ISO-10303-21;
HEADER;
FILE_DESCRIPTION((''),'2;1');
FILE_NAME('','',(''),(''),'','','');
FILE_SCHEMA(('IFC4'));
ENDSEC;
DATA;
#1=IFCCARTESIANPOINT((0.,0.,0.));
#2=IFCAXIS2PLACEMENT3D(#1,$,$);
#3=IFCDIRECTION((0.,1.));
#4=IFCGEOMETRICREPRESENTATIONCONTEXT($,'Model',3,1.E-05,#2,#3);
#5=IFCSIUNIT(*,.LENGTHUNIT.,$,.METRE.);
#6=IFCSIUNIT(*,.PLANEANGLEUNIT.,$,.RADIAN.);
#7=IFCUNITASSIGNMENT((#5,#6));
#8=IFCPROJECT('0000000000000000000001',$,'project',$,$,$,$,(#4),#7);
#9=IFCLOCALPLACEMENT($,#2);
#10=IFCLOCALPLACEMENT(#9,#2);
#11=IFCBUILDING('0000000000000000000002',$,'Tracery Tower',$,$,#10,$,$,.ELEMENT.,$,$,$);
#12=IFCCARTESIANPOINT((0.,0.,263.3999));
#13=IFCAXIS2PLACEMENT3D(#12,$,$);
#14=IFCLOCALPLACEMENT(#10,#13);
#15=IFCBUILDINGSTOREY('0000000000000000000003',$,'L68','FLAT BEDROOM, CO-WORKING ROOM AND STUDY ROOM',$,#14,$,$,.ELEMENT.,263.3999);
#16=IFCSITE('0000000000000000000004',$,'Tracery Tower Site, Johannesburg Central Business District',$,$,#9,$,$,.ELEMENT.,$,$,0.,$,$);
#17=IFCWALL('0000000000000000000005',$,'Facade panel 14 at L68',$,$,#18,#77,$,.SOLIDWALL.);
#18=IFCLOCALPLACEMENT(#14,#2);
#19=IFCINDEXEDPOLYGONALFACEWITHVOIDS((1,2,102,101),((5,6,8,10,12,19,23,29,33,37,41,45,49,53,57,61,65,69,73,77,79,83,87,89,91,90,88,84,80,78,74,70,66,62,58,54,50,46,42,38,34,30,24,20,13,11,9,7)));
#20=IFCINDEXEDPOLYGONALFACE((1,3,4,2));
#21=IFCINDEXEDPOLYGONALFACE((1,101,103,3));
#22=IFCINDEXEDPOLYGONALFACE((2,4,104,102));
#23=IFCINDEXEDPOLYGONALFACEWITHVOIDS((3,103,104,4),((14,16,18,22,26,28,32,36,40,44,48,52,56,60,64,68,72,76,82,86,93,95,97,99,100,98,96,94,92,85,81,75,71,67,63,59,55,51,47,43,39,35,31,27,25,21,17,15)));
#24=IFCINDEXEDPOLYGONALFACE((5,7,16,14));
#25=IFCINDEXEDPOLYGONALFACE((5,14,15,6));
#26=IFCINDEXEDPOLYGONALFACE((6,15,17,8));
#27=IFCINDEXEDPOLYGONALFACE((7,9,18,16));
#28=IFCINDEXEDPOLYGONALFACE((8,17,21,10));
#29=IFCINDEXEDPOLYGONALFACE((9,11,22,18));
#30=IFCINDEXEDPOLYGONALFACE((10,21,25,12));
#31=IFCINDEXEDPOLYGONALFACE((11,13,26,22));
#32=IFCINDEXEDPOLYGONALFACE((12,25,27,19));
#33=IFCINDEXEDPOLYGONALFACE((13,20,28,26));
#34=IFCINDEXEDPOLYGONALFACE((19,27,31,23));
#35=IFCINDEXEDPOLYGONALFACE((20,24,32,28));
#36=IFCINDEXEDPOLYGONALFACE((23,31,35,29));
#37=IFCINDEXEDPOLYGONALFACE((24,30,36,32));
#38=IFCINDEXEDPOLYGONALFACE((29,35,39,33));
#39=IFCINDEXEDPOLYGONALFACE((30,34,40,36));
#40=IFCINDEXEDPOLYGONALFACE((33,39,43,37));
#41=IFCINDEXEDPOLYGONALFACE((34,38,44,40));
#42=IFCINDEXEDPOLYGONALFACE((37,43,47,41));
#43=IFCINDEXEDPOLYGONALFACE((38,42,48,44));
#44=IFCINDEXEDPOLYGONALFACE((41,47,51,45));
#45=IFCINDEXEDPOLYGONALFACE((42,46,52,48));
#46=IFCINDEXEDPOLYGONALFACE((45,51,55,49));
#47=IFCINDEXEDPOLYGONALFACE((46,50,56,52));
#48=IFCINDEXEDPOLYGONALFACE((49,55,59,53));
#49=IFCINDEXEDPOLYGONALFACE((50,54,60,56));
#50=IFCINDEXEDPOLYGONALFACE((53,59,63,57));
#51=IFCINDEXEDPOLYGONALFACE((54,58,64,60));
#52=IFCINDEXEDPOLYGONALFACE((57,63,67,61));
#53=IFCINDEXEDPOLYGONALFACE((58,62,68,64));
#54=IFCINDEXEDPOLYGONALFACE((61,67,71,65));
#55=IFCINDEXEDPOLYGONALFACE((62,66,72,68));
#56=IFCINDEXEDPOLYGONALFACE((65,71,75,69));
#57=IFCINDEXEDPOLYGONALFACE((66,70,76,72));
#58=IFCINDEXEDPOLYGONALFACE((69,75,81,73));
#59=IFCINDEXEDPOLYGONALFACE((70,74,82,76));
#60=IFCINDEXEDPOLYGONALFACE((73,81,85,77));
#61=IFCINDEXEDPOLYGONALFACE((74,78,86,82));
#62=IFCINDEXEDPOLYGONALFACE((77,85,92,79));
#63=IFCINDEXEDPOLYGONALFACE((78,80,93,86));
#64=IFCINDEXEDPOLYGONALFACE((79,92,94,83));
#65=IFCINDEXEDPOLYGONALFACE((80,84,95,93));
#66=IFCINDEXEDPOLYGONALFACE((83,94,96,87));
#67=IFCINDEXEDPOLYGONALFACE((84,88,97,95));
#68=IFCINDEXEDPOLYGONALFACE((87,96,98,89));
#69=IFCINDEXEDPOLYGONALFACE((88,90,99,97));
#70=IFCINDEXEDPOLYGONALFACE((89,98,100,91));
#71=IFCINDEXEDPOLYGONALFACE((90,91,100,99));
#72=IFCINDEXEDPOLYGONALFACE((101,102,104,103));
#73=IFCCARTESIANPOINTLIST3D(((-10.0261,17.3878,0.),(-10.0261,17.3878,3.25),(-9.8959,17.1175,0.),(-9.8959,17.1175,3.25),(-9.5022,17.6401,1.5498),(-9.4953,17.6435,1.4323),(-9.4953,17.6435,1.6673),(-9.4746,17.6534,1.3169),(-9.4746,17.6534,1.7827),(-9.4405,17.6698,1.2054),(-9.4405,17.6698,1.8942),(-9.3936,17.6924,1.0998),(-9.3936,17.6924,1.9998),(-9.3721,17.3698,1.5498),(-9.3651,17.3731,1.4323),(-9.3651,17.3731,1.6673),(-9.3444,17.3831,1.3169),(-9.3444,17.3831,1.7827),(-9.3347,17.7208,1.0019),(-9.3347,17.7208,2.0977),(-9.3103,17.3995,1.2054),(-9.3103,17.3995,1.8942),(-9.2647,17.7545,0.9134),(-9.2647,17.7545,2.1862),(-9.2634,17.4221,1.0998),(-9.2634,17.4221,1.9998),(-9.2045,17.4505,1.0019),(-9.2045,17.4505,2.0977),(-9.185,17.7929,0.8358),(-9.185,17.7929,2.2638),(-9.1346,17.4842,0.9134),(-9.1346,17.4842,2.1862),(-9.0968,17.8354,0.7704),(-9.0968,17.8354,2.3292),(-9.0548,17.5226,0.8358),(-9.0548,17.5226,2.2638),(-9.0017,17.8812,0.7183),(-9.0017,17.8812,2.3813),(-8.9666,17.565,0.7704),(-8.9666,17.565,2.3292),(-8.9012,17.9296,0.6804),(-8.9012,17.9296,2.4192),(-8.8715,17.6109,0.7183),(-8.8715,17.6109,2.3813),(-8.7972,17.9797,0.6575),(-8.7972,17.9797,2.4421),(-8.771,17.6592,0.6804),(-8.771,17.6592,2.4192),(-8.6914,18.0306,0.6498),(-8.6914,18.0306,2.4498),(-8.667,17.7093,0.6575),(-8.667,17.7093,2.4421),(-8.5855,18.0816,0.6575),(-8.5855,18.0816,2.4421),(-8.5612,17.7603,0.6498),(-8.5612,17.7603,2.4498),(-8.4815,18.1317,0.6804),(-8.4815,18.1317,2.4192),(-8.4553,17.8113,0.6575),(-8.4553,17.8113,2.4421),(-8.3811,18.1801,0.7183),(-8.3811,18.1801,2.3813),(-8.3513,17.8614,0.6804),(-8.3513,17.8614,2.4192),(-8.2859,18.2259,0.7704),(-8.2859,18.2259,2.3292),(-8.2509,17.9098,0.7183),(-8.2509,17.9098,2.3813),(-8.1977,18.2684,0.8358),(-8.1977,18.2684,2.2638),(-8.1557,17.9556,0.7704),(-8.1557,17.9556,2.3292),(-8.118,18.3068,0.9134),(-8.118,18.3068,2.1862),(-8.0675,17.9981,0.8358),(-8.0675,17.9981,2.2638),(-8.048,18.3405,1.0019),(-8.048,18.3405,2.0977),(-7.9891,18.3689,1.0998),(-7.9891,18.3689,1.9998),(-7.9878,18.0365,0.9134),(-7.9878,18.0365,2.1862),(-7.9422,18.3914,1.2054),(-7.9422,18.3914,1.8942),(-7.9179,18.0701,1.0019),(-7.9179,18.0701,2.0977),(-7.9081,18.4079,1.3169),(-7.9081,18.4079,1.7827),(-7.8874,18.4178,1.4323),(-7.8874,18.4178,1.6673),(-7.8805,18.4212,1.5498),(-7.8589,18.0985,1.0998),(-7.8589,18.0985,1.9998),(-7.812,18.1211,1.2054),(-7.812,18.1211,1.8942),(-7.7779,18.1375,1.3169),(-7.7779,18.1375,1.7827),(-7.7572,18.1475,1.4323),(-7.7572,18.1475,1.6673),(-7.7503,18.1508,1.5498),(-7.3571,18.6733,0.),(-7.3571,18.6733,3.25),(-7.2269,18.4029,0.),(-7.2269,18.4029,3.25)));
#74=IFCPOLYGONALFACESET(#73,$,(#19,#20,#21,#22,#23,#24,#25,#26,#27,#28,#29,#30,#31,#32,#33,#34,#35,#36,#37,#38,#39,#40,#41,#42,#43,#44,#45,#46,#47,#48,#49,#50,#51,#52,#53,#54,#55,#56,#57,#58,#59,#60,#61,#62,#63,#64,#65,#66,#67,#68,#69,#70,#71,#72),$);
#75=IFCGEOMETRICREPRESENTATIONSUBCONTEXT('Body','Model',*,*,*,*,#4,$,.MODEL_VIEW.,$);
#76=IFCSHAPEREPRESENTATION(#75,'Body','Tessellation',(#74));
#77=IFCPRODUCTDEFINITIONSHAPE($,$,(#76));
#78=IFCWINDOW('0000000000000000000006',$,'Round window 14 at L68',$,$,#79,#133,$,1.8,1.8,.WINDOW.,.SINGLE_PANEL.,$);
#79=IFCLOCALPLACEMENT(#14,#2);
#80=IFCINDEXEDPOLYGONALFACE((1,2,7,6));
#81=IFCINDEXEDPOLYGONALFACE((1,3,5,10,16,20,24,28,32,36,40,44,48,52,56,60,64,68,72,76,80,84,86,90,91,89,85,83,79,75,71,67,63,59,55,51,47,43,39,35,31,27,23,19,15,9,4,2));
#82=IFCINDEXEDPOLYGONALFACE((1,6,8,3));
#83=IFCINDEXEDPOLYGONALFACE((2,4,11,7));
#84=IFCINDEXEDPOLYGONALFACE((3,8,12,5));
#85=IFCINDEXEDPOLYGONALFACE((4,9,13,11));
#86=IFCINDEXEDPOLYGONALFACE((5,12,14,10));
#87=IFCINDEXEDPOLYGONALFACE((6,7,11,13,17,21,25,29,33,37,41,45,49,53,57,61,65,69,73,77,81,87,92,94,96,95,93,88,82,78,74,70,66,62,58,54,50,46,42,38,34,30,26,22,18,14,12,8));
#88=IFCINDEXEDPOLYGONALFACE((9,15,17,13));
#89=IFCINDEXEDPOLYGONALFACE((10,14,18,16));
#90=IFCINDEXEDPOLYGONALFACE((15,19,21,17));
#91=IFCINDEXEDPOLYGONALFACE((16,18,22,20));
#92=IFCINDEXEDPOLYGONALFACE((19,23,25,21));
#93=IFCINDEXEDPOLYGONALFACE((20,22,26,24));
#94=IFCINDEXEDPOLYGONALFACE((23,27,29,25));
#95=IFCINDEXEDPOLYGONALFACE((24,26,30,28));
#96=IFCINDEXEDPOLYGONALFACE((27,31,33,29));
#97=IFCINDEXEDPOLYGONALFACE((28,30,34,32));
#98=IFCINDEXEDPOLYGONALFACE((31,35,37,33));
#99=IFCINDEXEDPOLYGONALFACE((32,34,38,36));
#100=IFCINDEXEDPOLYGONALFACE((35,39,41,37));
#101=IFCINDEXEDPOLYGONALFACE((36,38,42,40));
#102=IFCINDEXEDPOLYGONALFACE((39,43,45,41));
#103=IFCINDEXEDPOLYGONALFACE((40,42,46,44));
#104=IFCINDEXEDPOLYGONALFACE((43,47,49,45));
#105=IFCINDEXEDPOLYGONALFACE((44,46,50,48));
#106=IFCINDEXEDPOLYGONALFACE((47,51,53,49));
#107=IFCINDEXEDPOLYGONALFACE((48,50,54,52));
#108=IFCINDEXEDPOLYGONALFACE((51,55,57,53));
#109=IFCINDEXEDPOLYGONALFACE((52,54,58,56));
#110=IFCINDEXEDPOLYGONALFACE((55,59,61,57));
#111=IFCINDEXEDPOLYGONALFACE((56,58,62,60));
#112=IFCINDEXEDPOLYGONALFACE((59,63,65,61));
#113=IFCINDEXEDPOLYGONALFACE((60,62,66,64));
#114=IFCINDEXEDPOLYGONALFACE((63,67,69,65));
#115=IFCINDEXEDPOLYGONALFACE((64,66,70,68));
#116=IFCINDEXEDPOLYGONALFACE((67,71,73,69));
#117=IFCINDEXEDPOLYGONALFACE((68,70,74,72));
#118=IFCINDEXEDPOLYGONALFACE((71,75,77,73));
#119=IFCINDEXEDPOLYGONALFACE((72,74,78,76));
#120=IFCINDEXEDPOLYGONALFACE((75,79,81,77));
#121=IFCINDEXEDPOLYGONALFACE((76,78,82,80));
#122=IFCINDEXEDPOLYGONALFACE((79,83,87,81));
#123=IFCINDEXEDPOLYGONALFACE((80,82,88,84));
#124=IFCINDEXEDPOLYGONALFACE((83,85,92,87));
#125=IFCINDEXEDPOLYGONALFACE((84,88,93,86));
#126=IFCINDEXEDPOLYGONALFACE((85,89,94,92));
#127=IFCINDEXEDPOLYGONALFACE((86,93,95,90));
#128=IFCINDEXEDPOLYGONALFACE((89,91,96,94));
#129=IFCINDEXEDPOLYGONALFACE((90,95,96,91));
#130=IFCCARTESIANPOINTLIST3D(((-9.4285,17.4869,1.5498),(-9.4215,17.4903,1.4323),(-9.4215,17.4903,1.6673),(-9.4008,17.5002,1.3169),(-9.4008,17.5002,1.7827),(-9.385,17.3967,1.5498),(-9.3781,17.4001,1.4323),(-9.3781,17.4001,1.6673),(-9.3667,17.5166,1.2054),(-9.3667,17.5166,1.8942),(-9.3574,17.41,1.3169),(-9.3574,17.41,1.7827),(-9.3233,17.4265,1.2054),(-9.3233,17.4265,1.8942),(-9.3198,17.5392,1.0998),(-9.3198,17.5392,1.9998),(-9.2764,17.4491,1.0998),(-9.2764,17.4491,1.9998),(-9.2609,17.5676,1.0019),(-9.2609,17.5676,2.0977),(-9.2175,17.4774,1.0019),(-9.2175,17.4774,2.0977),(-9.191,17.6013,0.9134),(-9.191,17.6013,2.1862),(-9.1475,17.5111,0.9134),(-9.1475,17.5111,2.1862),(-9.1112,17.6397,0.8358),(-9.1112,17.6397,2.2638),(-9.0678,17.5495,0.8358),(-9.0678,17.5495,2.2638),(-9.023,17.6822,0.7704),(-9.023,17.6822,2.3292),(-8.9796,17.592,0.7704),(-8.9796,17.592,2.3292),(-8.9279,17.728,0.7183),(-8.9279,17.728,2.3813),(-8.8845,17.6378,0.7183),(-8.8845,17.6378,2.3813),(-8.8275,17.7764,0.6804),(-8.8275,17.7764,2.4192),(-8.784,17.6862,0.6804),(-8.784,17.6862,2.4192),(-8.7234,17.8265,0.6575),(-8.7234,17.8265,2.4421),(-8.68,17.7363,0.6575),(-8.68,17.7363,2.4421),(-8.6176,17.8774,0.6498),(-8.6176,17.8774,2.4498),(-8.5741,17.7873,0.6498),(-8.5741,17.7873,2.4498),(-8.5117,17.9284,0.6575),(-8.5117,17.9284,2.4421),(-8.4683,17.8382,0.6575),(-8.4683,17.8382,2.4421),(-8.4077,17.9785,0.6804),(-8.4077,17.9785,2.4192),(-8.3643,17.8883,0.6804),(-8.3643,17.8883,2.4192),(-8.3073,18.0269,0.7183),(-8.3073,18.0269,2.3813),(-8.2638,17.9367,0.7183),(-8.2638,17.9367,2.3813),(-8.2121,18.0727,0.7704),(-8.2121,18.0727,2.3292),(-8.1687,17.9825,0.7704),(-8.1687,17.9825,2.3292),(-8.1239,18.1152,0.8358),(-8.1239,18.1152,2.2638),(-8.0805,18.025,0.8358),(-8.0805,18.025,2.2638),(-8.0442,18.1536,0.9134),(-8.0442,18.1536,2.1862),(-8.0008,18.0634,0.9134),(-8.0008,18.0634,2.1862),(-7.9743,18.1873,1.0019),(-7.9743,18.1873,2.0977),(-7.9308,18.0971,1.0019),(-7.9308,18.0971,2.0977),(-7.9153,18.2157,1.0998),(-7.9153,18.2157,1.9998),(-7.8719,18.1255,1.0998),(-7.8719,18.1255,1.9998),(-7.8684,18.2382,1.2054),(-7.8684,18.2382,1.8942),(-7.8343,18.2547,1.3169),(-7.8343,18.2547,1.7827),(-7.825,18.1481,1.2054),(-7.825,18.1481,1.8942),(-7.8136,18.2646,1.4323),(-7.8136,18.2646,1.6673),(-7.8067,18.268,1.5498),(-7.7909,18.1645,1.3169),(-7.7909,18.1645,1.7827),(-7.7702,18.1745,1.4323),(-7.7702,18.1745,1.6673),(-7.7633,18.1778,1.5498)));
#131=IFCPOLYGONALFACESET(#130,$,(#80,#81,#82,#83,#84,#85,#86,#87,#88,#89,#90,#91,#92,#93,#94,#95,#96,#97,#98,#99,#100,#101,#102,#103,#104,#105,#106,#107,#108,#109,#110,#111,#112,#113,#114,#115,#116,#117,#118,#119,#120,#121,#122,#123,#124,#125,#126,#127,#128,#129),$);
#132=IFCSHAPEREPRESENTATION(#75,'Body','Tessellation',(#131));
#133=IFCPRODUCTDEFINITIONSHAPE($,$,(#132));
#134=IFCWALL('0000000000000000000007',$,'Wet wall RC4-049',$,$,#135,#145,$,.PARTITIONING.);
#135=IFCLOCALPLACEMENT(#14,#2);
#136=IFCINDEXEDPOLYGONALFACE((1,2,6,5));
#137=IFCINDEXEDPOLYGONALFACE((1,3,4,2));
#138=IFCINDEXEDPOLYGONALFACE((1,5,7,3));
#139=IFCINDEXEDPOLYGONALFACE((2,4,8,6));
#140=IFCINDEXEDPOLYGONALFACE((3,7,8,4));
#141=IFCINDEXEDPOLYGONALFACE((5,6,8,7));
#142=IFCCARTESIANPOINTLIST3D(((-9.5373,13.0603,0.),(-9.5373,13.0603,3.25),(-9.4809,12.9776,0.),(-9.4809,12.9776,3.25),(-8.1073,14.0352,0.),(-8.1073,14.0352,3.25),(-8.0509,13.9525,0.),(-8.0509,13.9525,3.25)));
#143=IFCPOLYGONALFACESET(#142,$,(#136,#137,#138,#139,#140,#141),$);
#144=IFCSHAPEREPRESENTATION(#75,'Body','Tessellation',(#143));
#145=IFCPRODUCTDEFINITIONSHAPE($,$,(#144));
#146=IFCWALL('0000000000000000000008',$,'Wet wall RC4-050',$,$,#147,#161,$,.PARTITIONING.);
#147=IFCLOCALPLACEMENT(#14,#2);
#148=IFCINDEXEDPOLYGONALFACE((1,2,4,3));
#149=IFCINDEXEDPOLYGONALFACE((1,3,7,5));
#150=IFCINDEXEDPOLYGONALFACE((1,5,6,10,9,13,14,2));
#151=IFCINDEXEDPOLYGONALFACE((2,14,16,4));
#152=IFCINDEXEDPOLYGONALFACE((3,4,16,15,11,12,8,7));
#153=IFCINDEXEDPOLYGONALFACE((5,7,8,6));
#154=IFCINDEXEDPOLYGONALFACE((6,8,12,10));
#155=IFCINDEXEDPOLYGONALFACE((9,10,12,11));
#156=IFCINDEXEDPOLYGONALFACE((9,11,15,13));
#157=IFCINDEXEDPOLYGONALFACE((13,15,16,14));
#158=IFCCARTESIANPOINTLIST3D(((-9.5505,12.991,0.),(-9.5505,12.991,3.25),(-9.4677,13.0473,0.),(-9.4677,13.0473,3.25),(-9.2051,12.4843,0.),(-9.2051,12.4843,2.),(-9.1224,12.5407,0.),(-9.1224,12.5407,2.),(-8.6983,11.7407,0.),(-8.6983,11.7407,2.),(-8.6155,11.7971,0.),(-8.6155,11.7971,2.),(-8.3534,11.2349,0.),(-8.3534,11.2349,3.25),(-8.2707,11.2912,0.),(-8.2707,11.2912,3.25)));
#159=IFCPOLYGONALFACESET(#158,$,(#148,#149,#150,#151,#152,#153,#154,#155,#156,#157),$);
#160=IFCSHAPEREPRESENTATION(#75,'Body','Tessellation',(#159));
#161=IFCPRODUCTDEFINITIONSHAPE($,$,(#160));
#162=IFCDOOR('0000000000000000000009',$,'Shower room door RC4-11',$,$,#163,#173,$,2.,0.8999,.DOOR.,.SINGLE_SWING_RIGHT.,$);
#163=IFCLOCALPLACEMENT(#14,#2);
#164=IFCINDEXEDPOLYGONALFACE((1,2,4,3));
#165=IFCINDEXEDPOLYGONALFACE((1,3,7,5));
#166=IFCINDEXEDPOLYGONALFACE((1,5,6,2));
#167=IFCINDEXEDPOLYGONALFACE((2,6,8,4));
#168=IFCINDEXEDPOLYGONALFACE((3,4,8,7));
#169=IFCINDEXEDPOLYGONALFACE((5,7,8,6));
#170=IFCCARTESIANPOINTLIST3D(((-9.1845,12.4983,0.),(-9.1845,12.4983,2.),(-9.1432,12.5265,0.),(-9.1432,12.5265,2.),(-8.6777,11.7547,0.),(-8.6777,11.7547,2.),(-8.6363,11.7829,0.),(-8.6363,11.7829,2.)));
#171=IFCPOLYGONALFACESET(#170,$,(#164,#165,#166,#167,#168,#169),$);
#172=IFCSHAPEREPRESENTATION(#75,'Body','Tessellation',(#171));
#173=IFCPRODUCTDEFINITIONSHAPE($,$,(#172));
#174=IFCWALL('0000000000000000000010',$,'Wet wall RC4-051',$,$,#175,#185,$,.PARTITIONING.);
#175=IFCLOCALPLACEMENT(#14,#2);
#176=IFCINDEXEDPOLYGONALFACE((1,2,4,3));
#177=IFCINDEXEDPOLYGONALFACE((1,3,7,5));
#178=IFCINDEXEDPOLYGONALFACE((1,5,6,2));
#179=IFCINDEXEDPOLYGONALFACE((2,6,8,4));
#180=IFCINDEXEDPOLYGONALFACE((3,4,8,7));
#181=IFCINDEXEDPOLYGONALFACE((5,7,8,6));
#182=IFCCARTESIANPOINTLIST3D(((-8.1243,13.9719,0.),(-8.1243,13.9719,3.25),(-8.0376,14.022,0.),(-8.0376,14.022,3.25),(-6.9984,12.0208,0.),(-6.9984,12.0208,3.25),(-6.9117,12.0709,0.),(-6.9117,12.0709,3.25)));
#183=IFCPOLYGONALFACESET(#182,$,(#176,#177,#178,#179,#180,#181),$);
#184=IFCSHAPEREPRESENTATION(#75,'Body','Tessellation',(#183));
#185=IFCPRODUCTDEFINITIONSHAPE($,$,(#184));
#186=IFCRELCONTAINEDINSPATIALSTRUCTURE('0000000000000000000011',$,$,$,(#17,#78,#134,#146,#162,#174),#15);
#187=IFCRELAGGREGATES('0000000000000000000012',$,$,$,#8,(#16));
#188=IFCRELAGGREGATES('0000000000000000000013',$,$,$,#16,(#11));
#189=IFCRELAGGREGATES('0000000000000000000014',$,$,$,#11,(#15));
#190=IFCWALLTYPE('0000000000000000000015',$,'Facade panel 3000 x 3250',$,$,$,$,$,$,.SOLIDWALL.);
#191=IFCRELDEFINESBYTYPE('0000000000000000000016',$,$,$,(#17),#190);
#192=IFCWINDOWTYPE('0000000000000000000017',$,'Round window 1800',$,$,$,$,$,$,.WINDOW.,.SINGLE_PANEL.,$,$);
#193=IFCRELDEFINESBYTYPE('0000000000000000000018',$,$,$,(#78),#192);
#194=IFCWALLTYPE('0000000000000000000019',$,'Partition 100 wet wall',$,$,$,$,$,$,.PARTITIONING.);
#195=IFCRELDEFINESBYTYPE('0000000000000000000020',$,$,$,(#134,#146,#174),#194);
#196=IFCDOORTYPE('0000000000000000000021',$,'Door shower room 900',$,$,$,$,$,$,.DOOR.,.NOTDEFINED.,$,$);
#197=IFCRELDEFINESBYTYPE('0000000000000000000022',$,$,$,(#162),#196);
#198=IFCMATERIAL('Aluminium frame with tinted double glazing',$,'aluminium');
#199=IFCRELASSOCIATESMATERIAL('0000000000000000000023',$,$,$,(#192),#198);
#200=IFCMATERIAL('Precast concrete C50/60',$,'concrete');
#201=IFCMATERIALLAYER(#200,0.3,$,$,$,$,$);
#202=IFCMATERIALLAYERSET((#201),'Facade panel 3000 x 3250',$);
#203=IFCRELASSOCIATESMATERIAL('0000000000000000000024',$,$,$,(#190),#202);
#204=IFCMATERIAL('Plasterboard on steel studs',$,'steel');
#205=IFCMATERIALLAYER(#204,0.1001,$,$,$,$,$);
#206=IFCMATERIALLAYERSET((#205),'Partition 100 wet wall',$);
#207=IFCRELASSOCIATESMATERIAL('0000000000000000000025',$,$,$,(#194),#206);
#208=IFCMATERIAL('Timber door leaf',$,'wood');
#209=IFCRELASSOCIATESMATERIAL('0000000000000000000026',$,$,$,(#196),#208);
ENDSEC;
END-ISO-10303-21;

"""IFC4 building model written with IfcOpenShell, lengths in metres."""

from ifc_helpers import new_model, si_unit, direction, frame, frame_2d, origin, origin_2d, place, context, subcontext, project, spatial, rectangle, circle, extrude, material, layer, layer_set, type_object, element, fill, save


model = new_model("IFC4")

# Units and contexts
model_context = context("Model", 3, precision=1e-05, world=origin(), true_north=direction((0.0, 1.0)))
body_context = subcontext(model_context, "Body", "Model", "MODEL_VIEW")
ifc_project = project(units=[si_unit("LENGTHUNIT", "METRE"), si_unit("PLANEANGLEUNIT", "RADIAN")], contexts=[model_context])

# Site, building, storey
site_placement = place(None, origin())
site = spatial("IfcSite", under=ifc_project, at=site_placement, Name="Tracery Tower Site, Johannesburg Central Business District", CompositionType="ELEMENT", RefElevation=0.0)
building_placement = place(site_placement, origin())
building = spatial("IfcBuilding", under=site, at=building_placement, Name="Tracery Tower", CompositionType="ELEMENT")
storey_placement = place(building_placement, frame((0.0, 0.0, 263.3999)))
storey = spatial("IfcBuildingStorey", under=building, at=storey_placement, Name="L68", Description="FLAT BEDROOM, CO-WORKING ROOM AND STUDY ROOM", CompositionType="ELEMENT", Elevation=263.3999)

# Wall, opening, window
ifc_material_1 = material(Name="Aluminium frame with tinted double glazing", Category="aluminium")
window_type = type_object("IfcWindowType", Name="Round window 1800", PartitioningType="SINGLE_PANEL", PredefinedType="WINDOW", material=ifc_material_1)
ifc_material_2 = material(Name="Precast concrete C50/60", Category="concrete")
ifc_layer_1 = layer(ifc_material_2, 0.3)
ifc_layer_set_1 = layer_set([ifc_layer_1], Name="Facade panel 3000 x 3250")
wall_type_1 = type_object("IfcWallType", Name="Facade panel 3000 x 3250", PredefinedType="SOLIDWALL", material=ifc_layer_set_1)
wall_1_placement = place(storey_placement, frame((-7.292, 18.5381, 0.0), z_axis=(0.0, 0.0, 1.0), x_axis=(-0.900955, -0.433912, 0.0)))
wall_1 = element("IfcWall", 1, at=wall_1_placement, inside=storey, type_object=wall_type_1, Name="Facade panel 14 at L68", PredefinedType="SOLIDWALL", context=body_context, shape_type="SweptSolid", body=[
    extrude(rectangle(XDim=2.9624, YDim=0.3, at=frame_2d((1.4812, 0.0))), origin(), (0.0, 0.0, 1.0), 3.25),
])
opening_1_placement = place(wall_1_placement, frame((1.481, 0.0, 1.5498)))
opening_1 = element("IfcOpeningElement", 2, at=opening_1_placement, cuts=wall_1, PredefinedType="OPENING", context=body_context, shape_type="SweptSolid", body=[
    extrude(circle(Radius=0.9, at=origin_2d()), frame((0.0, 0.1599, 0.0), z_axis=(0.0, -1.0, 0.0), x_axis=(1.0, 0.0, 0.0)), (0.0, 0.0, 1.0), 0.3201),
])
window_1_placement = place(opening_1_placement, origin())
window_1 = element("IfcWindow", 3, at=window_1_placement, inside=storey, type_object=window_type, Name="Round window 14 at L68", OverallHeight=1.8, OverallWidth=1.8, PartitioningType="SINGLE_PANEL", PredefinedType="WINDOW", context=body_context, shape_type="SweptSolid", body=[
    extrude(circle(Radius=0.9, at=origin_2d()), frame((0.0, 0.1201, 0.0), z_axis=(0.0, -1.0, 0.0), x_axis=(1.0, 0.0, 0.0)), (0.0, 0.0, 1.0), 0.1001),
])
fill(opening_1, window_1)

# Wall
ifc_material_3 = material(Name="Plasterboard on steel studs", Category="steel")
ifc_layer_2 = layer(ifc_material_3, 0.1001)
ifc_layer_set_2 = layer_set([ifc_layer_2], Name="Partition 100 wet wall")
wall_type_2 = type_object("IfcWallType", Name="Partition 100 wet wall", PredefinedType="PARTITIONING", material=ifc_layer_set_2)
wall_2_placement = place(storey_placement, frame((-9.509, 13.019, 0.0), z_axis=(0.0, 0.0, 1.0), x_axis=(0.826254, 0.563297, 0.0)))
element("IfcWall", 4, at=wall_2_placement, inside=storey, type_object=wall_type_2, Name="Wet wall RC4-049", PredefinedType="PARTITIONING", context=body_context, shape_type="SweptSolid", body=[
    extrude(rectangle(XDim=1.7307, YDim=0.1001, at=frame_2d((0.8652, 0.0))), origin(), (0.0, 0.0, 1.0), 3.25),
])

# Wall, opening, door
wall_3_placement = place(storey_placement, frame((-9.509, 13.019, 0.0), z_axis=(0.0, 0.0, 1.0), x_axis=(0.563233, -0.826298, 0.0)))
wall_3 = element("IfcWall", 5, at=wall_3_placement, inside=storey, type_object=wall_type_2, Name="Wet wall RC4-050", PredefinedType="PARTITIONING", context=body_context, shape_type="SweptSolid", body=[
    extrude(rectangle(XDim=2.1252, YDim=0.1001, at=frame_2d((1.0625, 0.0))), origin(), (0.0, 0.0, 1.0), 3.25),
])
opening_2_placement = place(wall_3_placement, frame((0.613, 0.0, 0.0)))
opening_2 = element("IfcOpeningElement", 6, at=opening_2_placement, cuts=wall_3, PredefinedType="OPENING", context=body_context, shape_type="SweptSolid", body=[
    extrude(rectangle(XDim=0.8999, YDim=2.0, at=frame_2d((0.45, 1.0))), frame((0.0, 0.05, 0.0), z_axis=(0.0, -1.0, 0.0), x_axis=(1.0, 0.0, 0.0)), (0.0, 0.0, 1.0), 0.1001),
])
ifc_material_4 = material(Name="Timber door leaf", Category="wood")
door_type = type_object("IfcDoorType", Name="Door shower room 900", OperationType="NOTDEFINED", PredefinedType="DOOR", material=ifc_material_4)
door_placement = place(opening_2_placement, origin())
door = element("IfcDoor", 7, at=door_placement, inside=storey, type_object=door_type, Name="Shower room door RC4-11", OperationType="SINGLE_SWING_RIGHT", OverallHeight=2.0, OverallWidth=0.8999, PredefinedType="DOOR", context=body_context, shape_type="SweptSolid", body=[
    extrude(rectangle(XDim=0.8999, YDim=2.0, at=frame_2d((0.45, 1.0))), frame((0.0, 0.0249, 0.0), z_axis=(0.0, -1.0, 0.0), x_axis=(1.0, 0.0, 0.0)), (0.0, 0.0, 1.0), 0.05),
])
fill(opening_2, door)

# Wall
wall_4_placement = place(storey_placement, frame((-8.0811, 13.9971, 0.0), z_axis=(0.0, 0.0, 1.0), x_axis=(0.499823, -0.866128, 0.0)))
element("IfcWall", 8, at=wall_4_placement, inside=storey, type_object=wall_type_2, Name="Wet wall RC4-051", PredefinedType="PARTITIONING", context=body_context, shape_type="SweptSolid", body=[
    extrude(rectangle(XDim=2.2527, YDim=0.1001, at=frame_2d((1.1265, 0.0))), origin(), (0.0, 0.0, 1.0), 3.25),
])

save(model, "model.ifc")
